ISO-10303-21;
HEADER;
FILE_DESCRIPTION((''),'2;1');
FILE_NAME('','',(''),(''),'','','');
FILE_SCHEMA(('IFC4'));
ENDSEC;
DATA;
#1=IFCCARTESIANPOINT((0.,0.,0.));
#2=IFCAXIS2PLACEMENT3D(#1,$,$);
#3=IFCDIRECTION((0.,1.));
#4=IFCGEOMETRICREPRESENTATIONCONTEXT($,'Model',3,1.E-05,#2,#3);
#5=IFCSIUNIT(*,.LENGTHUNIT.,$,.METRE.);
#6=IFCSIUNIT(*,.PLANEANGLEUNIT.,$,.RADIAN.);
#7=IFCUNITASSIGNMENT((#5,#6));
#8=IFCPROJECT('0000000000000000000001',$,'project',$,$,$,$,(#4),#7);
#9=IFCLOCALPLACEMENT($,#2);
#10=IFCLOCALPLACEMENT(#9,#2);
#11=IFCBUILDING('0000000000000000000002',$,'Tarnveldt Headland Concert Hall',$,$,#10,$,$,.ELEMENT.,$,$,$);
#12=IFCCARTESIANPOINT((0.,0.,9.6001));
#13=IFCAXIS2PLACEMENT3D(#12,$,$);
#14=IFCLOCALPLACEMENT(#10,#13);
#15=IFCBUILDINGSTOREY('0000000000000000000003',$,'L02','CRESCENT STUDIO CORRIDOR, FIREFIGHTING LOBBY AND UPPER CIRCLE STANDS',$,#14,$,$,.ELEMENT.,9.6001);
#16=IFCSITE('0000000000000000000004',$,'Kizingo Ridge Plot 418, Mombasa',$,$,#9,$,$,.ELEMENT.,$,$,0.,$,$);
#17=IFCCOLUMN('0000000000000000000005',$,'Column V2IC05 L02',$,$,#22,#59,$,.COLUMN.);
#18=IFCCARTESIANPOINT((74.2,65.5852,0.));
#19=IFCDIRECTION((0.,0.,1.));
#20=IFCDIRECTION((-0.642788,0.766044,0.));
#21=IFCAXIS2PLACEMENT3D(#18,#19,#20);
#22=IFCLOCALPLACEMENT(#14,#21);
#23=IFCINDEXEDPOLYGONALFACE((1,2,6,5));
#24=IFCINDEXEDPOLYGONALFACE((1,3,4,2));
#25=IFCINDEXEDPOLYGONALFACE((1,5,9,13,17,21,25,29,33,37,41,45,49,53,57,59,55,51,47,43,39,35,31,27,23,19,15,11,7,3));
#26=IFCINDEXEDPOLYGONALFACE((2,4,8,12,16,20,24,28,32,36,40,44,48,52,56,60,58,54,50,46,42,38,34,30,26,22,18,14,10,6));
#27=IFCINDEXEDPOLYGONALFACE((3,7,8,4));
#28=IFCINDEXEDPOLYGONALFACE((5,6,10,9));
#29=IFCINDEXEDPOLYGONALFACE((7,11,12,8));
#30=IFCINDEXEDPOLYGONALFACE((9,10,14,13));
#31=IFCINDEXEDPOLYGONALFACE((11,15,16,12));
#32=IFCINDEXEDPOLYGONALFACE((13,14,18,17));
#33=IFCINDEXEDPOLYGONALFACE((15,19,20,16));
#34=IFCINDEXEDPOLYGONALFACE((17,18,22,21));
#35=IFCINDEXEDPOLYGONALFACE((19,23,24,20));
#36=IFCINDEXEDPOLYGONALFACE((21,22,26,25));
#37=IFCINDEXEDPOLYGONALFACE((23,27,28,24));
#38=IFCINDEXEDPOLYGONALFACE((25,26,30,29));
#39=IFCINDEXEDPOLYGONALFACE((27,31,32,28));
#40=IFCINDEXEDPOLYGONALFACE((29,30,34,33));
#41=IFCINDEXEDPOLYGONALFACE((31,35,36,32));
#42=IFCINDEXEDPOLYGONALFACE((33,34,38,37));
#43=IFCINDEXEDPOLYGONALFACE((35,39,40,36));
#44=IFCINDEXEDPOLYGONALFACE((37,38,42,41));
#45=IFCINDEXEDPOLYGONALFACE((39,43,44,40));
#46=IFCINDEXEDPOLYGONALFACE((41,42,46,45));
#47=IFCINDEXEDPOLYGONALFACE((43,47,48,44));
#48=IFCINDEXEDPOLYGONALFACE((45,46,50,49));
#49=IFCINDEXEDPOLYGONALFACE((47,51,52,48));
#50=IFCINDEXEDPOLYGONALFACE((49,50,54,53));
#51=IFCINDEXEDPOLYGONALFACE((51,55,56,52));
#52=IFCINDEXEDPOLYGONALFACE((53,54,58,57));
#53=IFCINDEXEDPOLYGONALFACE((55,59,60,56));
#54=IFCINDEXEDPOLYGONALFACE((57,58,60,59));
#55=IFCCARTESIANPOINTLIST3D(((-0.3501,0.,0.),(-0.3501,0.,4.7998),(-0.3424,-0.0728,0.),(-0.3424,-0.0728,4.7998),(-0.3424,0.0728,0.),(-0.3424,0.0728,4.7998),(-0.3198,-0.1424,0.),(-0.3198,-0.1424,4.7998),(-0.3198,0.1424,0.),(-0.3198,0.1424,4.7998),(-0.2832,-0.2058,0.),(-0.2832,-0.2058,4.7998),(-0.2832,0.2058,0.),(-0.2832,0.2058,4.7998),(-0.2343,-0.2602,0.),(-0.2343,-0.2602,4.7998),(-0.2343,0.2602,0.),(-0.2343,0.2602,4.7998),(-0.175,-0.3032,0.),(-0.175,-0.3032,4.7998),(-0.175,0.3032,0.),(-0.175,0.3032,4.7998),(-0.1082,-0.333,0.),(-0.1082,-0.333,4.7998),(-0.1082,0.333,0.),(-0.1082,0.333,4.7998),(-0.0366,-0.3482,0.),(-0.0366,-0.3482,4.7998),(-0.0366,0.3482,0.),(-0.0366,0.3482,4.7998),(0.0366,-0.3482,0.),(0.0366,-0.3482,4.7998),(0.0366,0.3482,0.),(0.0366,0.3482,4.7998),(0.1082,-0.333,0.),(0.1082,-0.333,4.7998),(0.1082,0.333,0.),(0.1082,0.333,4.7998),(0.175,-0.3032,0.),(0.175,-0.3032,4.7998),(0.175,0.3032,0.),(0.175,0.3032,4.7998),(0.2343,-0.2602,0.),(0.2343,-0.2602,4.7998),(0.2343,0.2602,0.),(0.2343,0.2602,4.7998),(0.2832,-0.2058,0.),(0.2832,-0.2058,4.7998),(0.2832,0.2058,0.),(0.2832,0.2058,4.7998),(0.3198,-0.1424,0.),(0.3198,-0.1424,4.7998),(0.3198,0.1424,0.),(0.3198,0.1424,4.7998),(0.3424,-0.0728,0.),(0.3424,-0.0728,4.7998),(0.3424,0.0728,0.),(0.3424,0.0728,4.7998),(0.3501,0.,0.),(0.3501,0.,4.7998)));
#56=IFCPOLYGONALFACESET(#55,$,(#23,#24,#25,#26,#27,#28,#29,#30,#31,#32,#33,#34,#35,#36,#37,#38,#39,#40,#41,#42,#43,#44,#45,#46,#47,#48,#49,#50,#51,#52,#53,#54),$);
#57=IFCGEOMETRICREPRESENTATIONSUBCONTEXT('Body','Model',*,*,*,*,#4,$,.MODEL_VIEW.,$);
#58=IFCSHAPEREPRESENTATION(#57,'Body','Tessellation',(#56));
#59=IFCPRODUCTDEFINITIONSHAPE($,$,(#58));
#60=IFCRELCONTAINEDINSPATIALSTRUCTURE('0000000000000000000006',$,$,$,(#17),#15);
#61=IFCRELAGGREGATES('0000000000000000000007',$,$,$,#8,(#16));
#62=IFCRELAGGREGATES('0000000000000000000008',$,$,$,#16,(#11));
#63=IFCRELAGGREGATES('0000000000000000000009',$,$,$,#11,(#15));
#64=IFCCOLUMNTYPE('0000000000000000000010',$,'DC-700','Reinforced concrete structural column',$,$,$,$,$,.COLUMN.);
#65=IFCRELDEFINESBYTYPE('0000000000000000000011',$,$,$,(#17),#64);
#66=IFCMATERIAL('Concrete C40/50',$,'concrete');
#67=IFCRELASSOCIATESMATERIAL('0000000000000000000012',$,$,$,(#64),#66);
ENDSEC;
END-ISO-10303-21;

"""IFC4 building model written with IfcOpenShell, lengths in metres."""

from ifc_helpers import new_model, si_unit, direction, frame, origin, origin_2d, place, context, subcontext, project, spatial, circle, extrude, material, material_profile, profile_set, type_object, element, save


model = new_model("IFC4")

# Units and contexts
model_context = context("Model", 3, precision=1e-05, world=origin(), true_north=direction((0.0, 1.0)))
body_context = subcontext(model_context, "Body", "Model", "MODEL_VIEW")
ifc_project = project(units=[si_unit("LENGTHUNIT", "METRE"), si_unit("PLANEANGLEUNIT", "RADIAN")], contexts=[model_context])

# Site, building, storey
site_placement = place(None, origin())
site = spatial("IfcSite", under=ifc_project, at=site_placement, Name="Kizingo Ridge Plot 418, Mombasa", CompositionType="ELEMENT", RefElevation=0.0)
building_placement = place(site_placement, origin())
building = spatial("IfcBuilding", under=site, at=building_placement, Name="Tarnveldt Headland Concert Hall", CompositionType="ELEMENT")
storey_placement = place(building_placement, frame((0.0, 0.0, 9.6001)))
storey = spatial("IfcBuildingStorey", under=building, at=storey_placement, Name="L02", Description="CRESCENT STUDIO CORRIDOR, FIREFIGHTING LOBBY AND UPPER CIRCLE STANDS", CompositionType="ELEMENT", Elevation=9.6001)

# Column
ifc_material_1 = material(Name="Concrete C40/50", Category="concrete")
ifc_material_profile_1 = material_profile(ifc_material_1, circle(Radius=0.3501, at=origin_2d()), Name="RC D700", Category="concrete")
ifc_profile_set_1 = profile_set([ifc_material_profile_1], Name="Concrete C40/50")
column_type = type_object("IfcColumnType", Name="DC-700", Description="Reinforced concrete structural column", PredefinedType="COLUMN", material=ifc_profile_set_1)
column_placement = place(storey_placement, frame((74.2, 65.5852, 0.0), z_axis=(0.0, 0.0, 1.0), x_axis=(-0.642788, 0.766044, 0.0)))
element("IfcColumn", 1, at=column_placement, inside=storey, type_object=column_type, Name="Column V2IC05 L02", PredefinedType="COLUMN", context=body_context, shape_type="SweptSolid", body=[
    extrude(circle(Radius=0.3501, at=origin_2d()), origin(), (0.0, 0.0, 1.0), 4.7998),
])

save(model, "model.ifc")
